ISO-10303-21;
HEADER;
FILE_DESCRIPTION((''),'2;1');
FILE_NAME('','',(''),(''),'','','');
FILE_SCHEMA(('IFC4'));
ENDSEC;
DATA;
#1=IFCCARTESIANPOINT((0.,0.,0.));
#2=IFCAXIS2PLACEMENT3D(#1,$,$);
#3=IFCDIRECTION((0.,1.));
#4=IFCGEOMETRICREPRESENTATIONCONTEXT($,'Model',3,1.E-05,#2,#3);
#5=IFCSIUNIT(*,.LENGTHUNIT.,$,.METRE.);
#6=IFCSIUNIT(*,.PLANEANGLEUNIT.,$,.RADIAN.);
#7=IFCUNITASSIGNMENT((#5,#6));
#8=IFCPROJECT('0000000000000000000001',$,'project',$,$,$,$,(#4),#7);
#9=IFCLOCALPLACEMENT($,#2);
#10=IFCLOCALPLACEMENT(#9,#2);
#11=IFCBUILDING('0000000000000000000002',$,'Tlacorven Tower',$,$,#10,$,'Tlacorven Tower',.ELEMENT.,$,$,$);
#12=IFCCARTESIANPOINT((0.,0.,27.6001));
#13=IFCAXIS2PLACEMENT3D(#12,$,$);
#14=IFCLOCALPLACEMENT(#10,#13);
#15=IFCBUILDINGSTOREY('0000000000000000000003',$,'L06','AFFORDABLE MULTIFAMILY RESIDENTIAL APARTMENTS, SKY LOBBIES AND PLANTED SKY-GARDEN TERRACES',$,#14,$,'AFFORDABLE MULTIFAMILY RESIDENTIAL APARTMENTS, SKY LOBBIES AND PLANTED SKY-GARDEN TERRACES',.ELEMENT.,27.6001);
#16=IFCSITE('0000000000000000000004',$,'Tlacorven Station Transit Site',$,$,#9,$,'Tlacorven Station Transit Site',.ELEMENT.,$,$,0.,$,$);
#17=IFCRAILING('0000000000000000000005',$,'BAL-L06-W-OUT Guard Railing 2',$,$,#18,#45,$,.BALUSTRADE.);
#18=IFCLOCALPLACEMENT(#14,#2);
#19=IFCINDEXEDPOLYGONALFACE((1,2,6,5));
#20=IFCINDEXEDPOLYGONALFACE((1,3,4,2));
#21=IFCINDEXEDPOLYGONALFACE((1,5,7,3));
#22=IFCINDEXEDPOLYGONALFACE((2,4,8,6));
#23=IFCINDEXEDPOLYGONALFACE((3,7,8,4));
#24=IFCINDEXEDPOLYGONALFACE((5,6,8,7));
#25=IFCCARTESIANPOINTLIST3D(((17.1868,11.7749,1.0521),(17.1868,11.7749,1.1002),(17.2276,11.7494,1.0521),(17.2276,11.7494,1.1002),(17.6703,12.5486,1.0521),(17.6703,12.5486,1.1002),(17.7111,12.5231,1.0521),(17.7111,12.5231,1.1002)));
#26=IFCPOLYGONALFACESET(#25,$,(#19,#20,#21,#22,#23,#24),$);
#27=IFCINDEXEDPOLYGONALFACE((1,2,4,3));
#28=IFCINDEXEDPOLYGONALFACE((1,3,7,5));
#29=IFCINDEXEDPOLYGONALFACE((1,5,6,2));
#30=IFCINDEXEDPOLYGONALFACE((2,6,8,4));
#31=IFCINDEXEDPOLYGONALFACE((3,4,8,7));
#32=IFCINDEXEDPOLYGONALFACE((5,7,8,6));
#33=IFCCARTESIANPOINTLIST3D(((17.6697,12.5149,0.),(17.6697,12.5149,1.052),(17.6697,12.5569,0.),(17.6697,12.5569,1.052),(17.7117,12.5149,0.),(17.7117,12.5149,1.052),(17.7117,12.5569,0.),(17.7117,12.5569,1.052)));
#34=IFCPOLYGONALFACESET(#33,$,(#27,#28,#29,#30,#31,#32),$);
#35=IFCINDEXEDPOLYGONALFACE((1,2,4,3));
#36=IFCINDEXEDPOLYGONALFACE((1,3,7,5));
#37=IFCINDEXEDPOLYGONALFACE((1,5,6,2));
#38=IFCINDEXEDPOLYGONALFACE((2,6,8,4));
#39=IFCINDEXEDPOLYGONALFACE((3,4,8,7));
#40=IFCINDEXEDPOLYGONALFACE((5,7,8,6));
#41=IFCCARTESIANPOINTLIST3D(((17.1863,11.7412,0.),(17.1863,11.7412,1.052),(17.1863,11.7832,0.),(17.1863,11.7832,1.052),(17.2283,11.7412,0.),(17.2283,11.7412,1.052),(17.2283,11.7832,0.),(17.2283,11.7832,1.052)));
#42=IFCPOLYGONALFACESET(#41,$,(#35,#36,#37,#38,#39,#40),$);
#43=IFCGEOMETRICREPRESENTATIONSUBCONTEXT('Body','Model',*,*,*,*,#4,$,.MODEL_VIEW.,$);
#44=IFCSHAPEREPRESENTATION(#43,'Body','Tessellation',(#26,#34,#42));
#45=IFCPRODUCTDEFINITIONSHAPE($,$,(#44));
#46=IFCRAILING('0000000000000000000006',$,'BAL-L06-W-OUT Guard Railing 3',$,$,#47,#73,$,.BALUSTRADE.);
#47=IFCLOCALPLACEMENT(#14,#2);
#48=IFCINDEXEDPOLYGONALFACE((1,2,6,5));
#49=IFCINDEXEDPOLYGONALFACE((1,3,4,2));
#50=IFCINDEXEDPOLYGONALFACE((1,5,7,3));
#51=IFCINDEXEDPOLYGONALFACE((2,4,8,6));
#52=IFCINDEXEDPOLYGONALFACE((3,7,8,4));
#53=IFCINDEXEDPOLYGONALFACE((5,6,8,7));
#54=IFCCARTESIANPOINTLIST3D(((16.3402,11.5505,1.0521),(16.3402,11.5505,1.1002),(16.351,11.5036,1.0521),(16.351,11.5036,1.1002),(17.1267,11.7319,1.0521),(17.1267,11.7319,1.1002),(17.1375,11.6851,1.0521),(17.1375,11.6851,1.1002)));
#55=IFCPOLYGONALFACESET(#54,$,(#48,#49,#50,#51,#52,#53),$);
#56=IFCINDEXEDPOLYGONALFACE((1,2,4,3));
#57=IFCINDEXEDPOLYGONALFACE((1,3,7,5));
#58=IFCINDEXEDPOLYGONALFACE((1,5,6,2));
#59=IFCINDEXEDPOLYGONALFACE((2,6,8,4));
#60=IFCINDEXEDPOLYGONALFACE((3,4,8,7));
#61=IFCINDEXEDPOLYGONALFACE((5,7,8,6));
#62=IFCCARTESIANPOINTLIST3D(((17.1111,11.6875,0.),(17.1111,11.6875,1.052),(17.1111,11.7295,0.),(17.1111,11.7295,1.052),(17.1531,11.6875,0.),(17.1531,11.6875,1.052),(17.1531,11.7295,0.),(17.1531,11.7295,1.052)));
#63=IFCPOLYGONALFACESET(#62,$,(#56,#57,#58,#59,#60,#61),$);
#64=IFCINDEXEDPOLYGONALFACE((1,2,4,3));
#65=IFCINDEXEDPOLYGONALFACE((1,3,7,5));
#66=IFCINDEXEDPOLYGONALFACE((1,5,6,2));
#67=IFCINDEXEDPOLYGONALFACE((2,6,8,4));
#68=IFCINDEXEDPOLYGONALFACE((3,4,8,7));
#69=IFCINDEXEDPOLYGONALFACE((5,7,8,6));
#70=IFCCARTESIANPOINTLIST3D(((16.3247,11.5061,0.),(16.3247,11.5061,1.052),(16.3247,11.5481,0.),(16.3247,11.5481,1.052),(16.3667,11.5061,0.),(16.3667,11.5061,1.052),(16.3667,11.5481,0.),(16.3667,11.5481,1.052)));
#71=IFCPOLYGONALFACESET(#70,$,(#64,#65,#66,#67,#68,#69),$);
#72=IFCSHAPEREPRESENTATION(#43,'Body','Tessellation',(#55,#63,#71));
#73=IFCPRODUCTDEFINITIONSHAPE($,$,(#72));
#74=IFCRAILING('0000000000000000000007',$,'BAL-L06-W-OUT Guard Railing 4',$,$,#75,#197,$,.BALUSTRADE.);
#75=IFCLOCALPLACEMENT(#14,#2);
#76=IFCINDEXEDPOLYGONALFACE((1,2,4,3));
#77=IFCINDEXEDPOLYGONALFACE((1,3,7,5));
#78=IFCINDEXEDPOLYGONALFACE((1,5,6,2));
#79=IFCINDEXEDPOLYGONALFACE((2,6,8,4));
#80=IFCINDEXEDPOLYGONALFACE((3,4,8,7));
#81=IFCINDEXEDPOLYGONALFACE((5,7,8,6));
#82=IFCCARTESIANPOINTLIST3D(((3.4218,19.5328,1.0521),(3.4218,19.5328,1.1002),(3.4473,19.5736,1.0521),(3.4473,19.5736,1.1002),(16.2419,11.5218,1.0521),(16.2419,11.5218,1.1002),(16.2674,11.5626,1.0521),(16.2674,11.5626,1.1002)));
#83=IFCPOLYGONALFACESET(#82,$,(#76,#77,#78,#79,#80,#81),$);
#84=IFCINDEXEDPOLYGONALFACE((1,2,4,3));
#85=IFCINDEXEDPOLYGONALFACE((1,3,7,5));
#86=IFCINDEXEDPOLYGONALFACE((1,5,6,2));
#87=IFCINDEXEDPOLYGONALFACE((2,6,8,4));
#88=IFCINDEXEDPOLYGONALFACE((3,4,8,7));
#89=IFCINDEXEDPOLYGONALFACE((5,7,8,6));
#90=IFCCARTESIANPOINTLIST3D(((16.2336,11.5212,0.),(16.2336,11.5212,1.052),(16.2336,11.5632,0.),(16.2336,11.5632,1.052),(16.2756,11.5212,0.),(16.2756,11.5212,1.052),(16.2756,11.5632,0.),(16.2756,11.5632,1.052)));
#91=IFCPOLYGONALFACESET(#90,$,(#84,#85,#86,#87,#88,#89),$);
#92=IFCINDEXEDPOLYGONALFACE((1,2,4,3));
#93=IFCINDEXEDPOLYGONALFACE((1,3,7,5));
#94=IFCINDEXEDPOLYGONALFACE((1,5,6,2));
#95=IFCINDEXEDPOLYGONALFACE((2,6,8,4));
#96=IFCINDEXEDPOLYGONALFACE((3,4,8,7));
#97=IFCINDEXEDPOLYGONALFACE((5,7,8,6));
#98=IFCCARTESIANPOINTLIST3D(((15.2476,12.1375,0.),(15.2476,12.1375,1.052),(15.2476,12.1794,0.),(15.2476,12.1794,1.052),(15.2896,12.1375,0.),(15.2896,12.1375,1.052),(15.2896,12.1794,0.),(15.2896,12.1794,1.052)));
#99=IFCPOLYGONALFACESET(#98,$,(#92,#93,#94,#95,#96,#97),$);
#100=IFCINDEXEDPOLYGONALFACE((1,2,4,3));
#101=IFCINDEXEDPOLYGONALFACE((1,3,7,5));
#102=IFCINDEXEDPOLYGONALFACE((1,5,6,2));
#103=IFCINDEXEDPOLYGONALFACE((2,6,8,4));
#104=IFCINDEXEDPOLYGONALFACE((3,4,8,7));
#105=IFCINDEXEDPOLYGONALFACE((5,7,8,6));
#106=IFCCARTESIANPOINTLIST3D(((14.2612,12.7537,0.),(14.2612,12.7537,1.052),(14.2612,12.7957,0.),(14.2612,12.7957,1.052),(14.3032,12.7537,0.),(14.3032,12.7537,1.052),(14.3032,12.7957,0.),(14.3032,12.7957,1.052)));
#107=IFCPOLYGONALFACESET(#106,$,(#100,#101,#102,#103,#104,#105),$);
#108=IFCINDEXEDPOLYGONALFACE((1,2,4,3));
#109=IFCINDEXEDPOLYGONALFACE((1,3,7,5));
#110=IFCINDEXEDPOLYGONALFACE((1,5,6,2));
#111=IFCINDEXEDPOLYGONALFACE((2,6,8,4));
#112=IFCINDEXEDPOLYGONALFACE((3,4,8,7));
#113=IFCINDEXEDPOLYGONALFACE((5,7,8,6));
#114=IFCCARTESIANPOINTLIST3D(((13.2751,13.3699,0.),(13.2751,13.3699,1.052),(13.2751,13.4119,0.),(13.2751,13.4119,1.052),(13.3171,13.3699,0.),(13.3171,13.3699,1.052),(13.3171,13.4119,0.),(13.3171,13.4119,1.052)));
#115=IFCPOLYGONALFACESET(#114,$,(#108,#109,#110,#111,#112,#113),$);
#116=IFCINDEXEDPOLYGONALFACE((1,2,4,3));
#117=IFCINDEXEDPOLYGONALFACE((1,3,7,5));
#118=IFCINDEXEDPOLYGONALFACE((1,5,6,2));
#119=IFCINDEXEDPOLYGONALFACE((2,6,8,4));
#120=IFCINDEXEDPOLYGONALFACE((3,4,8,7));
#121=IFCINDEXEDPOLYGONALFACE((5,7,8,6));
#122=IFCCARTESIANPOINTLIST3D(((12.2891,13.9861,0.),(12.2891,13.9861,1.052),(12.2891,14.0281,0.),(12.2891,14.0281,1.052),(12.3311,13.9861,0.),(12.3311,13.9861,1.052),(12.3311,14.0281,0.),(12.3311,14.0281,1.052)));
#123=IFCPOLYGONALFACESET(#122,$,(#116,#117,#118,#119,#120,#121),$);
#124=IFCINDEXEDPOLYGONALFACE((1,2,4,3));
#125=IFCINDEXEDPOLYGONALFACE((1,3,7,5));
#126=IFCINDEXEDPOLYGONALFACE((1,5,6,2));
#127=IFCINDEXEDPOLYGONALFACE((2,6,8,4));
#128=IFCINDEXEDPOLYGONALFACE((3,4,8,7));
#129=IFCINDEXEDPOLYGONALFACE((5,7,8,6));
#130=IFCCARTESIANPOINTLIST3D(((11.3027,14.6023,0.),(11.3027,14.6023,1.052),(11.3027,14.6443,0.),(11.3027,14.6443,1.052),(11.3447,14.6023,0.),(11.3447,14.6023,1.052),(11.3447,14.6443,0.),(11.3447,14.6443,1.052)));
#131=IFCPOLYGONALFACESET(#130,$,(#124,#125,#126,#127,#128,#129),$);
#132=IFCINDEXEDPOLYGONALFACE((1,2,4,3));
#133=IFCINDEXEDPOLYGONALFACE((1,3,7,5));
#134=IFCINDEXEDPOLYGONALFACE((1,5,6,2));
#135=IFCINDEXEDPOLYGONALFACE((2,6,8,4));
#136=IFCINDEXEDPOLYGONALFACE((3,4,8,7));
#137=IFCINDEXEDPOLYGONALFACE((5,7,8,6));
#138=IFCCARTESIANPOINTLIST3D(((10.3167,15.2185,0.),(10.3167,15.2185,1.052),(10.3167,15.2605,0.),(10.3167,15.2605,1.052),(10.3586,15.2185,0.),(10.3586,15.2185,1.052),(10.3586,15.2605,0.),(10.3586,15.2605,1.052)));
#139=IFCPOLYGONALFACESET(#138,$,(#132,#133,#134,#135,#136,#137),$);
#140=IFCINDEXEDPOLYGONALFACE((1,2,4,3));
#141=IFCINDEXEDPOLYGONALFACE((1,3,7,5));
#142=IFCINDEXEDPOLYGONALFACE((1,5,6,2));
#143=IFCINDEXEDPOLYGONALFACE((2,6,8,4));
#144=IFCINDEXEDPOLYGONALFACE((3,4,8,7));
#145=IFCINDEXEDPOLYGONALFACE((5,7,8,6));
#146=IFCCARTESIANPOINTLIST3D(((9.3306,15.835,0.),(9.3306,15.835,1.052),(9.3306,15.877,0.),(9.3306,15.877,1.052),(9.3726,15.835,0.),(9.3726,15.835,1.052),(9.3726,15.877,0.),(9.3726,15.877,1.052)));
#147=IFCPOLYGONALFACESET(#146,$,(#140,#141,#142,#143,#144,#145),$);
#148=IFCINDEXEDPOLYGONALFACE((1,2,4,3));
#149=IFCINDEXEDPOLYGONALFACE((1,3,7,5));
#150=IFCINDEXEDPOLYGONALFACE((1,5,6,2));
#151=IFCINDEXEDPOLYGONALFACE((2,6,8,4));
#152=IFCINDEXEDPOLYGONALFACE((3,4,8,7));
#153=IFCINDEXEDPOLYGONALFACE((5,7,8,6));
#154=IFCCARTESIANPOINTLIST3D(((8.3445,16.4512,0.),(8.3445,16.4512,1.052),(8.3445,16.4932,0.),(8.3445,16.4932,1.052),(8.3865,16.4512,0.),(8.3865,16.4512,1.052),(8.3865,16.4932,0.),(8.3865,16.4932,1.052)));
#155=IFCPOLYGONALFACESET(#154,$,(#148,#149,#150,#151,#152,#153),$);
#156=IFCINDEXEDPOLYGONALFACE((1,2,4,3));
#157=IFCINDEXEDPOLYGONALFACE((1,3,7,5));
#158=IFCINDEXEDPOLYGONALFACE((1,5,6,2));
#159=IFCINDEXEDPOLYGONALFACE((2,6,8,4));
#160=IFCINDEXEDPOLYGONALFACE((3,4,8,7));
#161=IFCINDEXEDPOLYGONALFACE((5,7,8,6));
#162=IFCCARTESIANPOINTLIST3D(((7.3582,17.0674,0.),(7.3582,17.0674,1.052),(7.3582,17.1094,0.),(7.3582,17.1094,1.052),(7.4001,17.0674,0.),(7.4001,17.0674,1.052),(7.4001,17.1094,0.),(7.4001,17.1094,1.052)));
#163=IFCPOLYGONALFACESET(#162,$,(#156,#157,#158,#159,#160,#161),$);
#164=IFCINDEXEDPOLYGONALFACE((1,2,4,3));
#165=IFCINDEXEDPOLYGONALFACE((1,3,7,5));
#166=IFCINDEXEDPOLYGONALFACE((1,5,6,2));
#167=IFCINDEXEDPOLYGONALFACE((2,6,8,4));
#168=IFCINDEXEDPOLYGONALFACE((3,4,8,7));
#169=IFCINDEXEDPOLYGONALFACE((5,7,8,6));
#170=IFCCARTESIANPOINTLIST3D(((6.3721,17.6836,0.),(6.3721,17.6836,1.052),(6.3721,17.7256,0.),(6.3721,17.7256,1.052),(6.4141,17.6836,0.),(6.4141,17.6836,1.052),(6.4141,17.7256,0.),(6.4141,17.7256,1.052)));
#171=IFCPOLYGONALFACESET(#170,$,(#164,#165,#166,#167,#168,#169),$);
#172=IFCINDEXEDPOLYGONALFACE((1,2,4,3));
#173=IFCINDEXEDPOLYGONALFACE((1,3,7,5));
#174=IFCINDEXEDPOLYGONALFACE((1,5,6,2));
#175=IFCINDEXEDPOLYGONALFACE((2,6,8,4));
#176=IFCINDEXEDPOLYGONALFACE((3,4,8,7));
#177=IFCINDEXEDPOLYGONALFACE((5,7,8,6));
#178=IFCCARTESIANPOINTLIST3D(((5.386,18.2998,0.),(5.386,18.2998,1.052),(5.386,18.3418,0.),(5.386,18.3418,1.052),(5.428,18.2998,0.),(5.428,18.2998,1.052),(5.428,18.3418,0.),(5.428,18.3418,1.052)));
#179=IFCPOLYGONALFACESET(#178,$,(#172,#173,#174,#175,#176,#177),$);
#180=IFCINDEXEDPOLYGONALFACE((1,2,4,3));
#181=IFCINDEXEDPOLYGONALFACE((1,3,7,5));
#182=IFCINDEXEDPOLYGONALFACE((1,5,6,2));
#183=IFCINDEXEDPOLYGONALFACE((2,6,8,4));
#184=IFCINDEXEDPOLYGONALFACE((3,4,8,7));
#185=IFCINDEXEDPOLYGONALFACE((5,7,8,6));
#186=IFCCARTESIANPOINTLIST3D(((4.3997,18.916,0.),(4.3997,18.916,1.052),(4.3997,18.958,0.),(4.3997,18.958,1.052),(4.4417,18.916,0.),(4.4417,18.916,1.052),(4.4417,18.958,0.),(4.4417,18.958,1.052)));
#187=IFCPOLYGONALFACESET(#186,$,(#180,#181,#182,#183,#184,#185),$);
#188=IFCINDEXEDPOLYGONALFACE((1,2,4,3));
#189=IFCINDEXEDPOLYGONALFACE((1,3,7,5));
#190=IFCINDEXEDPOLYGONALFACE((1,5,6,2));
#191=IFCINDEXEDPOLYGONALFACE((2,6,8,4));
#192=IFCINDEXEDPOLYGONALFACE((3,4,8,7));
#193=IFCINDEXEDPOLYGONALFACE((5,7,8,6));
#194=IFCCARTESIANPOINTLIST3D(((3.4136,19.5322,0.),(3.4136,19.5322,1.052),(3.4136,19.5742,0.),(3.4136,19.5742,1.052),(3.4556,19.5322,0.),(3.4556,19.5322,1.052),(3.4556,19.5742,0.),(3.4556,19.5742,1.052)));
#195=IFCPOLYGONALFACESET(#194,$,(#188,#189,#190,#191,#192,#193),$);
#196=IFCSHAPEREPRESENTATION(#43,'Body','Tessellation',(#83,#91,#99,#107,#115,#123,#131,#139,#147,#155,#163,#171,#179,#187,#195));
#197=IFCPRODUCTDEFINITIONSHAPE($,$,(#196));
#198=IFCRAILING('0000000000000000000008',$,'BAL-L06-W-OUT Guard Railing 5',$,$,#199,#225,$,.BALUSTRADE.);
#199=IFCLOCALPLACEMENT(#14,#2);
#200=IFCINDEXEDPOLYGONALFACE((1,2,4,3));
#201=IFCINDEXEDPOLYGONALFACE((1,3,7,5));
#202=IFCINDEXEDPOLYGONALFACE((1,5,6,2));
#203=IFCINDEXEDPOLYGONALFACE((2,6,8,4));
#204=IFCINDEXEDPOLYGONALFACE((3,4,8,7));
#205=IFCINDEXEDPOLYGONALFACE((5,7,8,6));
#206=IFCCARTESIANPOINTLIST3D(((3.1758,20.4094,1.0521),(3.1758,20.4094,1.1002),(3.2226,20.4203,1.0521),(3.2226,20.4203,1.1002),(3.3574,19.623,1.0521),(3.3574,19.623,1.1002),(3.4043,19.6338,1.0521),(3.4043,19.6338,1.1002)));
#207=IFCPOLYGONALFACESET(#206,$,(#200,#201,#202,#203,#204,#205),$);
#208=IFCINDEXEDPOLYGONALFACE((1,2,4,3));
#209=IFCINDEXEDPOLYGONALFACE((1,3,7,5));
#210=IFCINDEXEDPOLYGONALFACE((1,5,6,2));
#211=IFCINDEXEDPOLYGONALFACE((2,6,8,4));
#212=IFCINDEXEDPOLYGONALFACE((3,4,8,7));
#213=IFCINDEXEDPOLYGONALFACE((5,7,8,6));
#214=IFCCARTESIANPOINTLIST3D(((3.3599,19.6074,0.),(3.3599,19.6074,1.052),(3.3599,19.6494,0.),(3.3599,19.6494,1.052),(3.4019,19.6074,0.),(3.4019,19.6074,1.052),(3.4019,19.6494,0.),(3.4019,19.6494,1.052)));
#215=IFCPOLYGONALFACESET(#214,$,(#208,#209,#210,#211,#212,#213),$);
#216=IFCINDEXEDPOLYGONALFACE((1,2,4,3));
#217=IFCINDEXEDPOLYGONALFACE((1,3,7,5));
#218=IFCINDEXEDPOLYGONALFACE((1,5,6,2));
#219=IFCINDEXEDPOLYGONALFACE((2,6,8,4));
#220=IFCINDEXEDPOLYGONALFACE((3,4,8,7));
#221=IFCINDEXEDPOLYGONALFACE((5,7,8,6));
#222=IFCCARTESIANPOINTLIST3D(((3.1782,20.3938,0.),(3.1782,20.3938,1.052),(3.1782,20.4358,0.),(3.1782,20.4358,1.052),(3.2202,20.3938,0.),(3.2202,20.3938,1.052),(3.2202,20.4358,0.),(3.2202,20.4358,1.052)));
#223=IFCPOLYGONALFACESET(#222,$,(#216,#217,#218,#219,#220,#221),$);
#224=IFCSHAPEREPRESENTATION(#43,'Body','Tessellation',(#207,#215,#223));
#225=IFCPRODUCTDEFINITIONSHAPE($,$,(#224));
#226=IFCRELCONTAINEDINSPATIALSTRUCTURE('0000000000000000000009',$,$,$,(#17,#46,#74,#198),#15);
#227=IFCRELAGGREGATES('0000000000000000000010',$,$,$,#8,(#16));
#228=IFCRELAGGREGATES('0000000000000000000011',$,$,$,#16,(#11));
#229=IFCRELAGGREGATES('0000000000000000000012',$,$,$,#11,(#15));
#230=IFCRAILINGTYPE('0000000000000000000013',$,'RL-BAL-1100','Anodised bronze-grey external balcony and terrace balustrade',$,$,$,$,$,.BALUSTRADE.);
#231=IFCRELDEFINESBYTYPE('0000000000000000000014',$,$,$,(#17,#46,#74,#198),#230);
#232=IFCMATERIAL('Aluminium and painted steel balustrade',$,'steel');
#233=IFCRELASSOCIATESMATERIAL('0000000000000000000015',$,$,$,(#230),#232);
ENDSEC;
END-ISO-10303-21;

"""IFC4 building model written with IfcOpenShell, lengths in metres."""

from ifc_helpers import new_model, si_unit, direction, frame, origin, origin_2d, place, context, subcontext, project, spatial, rectangle, extrude, source, transform, mapped, material, type_object, element, save


model = new_model("IFC4")

# Units and contexts
model_context = context("Model", 3, precision=1e-05, world=origin(), true_north=direction((0.0, 1.0)))
body_context = subcontext(model_context, "Body", "Model", "MODEL_VIEW")
ifc_project = project(units=[si_unit("LENGTHUNIT", "METRE"), si_unit("PLANEANGLEUNIT", "RADIAN")], contexts=[model_context])

# Site, building, storey
site_placement = place(None, origin())
site = spatial("IfcSite", under=ifc_project, at=site_placement, Name="Tlacorven Station Transit Site", LongName="Tlacorven Station Transit Site", CompositionType="ELEMENT", RefElevation=0.0)
building_placement = place(site_placement, origin())
building = spatial("IfcBuilding", under=site, at=building_placement, Name="Tlacorven Tower", LongName="Tlacorven Tower", CompositionType="ELEMENT")
storey_placement = place(building_placement, frame((0.0, 0.0, 27.6001)))
storey = spatial("IfcBuildingStorey", under=building, at=storey_placement, Name="L06", Description="AFFORDABLE MULTIFAMILY RESIDENTIAL APARTMENTS, SKY LOBBIES AND PLANTED SKY-GARDEN TERRACES", LongName="AFFORDABLE MULTIFAMILY RESIDENTIAL APARTMENTS, SKY LOBBIES AND PLANTED SKY-GARDEN TERRACES", CompositionType="ELEMENT", Elevation=27.6001)

# Railings
ifc_material_1 = material(Name="Aluminium and painted steel balustrade", Category="steel")
railing_type = type_object("IfcRailingType", Name="RL-BAL-1100", Description="Anodised bronze-grey external balcony and terrace balustrade", PredefinedType="BALUSTRADE", material=ifc_material_1)
shared_shape_1 = source(origin(), body_context, "Body", "SweptSolid", [
    extrude(rectangle(XDim=0.0481, YDim=0.0481, at=origin_2d()), frame((0.0, 0.0, 1.0762), z_axis=(-0.529879, -0.848073, 0.0), x_axis=(0.848073, -0.529879, 0.0)), (0.0, 0.0, 1.0), 0.9124),
    extrude(rectangle(XDim=0.042, YDim=0.042, at=origin_2d()), origin(), (0.0, 0.0, 1.0), 1.052),
    extrude(rectangle(XDim=0.042, YDim=0.042, at=origin_2d()), frame((-0.4834, -0.7737, 0.0)), (0.0, 0.0, 1.0), 1.052),
])
railing_1_placement = place(storey_placement, frame((17.6907, 12.5359, 0.0)))
element("IfcRailing", 1, at=railing_1_placement, inside=storey, type_object=railing_type, Name="BAL-L06-W-OUT Guard Railing 2", PredefinedType="BALUSTRADE", context=body_context, shape_type="MappedRepresentation", body=[
    mapped(shared_shape_1, transform((0.0, 0.0, 0.0), scale=1.0)),
])
shared_shape_2 = source(origin(), body_context, "Body", "SweptSolid", [
    extrude(rectangle(XDim=0.0481, YDim=0.0481, at=origin_2d()), frame((0.0, 0.0, 1.0762), z_axis=(-0.974412, -0.224771, 0.0), x_axis=(0.224771, -0.974412, 0.0)), (0.0, 0.0, 1.0), 0.8071),
    extrude(rectangle(XDim=0.042, YDim=0.042, at=origin_2d()), origin(), (0.0, 0.0, 1.0), 1.052),
    extrude(rectangle(XDim=0.042, YDim=0.042, at=origin_2d()), frame((-0.7864, -0.1814, 0.0)), (0.0, 0.0, 1.0), 1.052),
])
railing_2_placement = place(storey_placement, frame((17.1321, 11.7085, 0.0)))
element("IfcRailing", 2, at=railing_2_placement, inside=storey, type_object=railing_type, Name="BAL-L06-W-OUT Guard Railing 3", PredefinedType="BALUSTRADE", context=body_context, shape_type="MappedRepresentation", body=[
    mapped(shared_shape_2, transform((0.0, 0.0, 0.0), scale=1.0)),
])
shared_shape_3 = source(origin(), body_context, "Body", "SweptSolid", [
    extrude(rectangle(XDim=0.0481, YDim=0.0481, at=origin_2d()), frame((0.0, 0.0, 1.0762), z_axis=(-0.848045, 0.529925, 0.0), x_axis=(-0.529925, -0.848045, 0.0)), (0.0, 0.0, 1.0), 15.1172),
    extrude(rectangle(XDim=0.042, YDim=0.042, at=origin_2d()), origin(), (0.0, 0.0, 1.0), 1.052),
    extrude(rectangle(XDim=0.042, YDim=0.042, at=origin_2d()), frame((-0.9861, 0.6162, 0.0)), (0.0, 0.0, 1.0), 1.052),
    extrude(rectangle(XDim=0.042, YDim=0.042, at=origin_2d()), frame((-1.9724, 1.2324, 0.0)), (0.0, 0.0, 1.0), 1.052),
    extrude(rectangle(XDim=0.042, YDim=0.042, at=origin_2d()), frame((-2.9585, 1.8486, 0.0)), (0.0, 0.0, 1.0), 1.052),
    extrude(rectangle(XDim=0.042, YDim=0.042, at=origin_2d()), frame((-3.9446, 2.4648, 0.0)), (0.0, 0.0, 1.0), 1.052),
    extrude(rectangle(XDim=0.042, YDim=0.042, at=origin_2d()), frame((-4.9309, 3.0811, 0.0)), (0.0, 0.0, 1.0), 1.052),
    extrude(rectangle(XDim=0.042, YDim=0.042, at=origin_2d()), frame((-5.917, 3.6973, 0.0)), (0.0, 0.0, 1.0), 1.052),
    extrude(rectangle(XDim=0.042, YDim=0.042, at=origin_2d()), frame((-6.9031, 4.3137, 0.0)), (0.0, 0.0, 1.0), 1.052),
    extrude(rectangle(XDim=0.042, YDim=0.042, at=origin_2d()), frame((-7.8892, 4.9299, 0.0)), (0.0, 0.0, 1.0), 1.052),
    extrude(rectangle(XDim=0.042, YDim=0.042, at=origin_2d()), frame((-8.8755, 5.5461, 0.0)), (0.0, 0.0, 1.0), 1.052),
    extrude(rectangle(XDim=0.042, YDim=0.042, at=origin_2d()), frame((-9.8616, 6.1624, 0.0)), (0.0, 0.0, 1.0), 1.052),
    extrude(rectangle(XDim=0.042, YDim=0.042, at=origin_2d()), frame((-10.8477, 6.7786, 0.0)), (0.0, 0.0, 1.0), 1.052),
    extrude(rectangle(XDim=0.042, YDim=0.042, at=origin_2d()), frame((-11.834, 7.3948, 0.0)), (0.0, 0.0, 1.0), 1.052),
    extrude(rectangle(XDim=0.042, YDim=0.042, at=origin_2d()), frame((-12.8201, 8.011, 0.0)), (0.0, 0.0, 1.0), 1.052),
])
railing_3_placement = place(storey_placement, frame((16.2546, 11.5422, 0.0)))
element("IfcRailing", 3, at=railing_3_placement, inside=storey, type_object=railing_type, Name="BAL-L06-W-OUT Guard Railing 4", PredefinedType="BALUSTRADE", context=body_context, shape_type="MappedRepresentation", body=[
    mapped(shared_shape_3, transform((0.0, 0.0, 0.0), scale=1.0)),
])
shared_shape_4 = source(origin(), body_context, "Body", "SweptSolid", [
    extrude(rectangle(XDim=0.0481, YDim=0.0481, at=origin_2d()), frame((0.0, 0.0, 1.0762), z_axis=(-0.225058, 0.974345, 0.0), x_axis=(-0.974345, -0.225058, 0.0)), (0.0, 0.0, 1.0), 0.8071),
    extrude(rectangle(XDim=0.042, YDim=0.042, at=origin_2d()), origin(), (0.0, 0.0, 1.0), 1.052),
    extrude(rectangle(XDim=0.042, YDim=0.042, at=origin_2d()), frame((-0.1816, 0.7864, 0.0)), (0.0, 0.0, 1.0), 1.052),
])
railing_4_placement = place(storey_placement, frame((3.3809, 19.6284, 0.0)))
element("IfcRailing", 4, at=railing_4_placement, inside=storey, type_object=railing_type, Name="BAL-L06-W-OUT Guard Railing 5", PredefinedType="BALUSTRADE", context=body_context, shape_type="MappedRepresentation", body=[
    mapped(shared_shape_4, transform((0.0, 0.0, 0.0), scale=1.0)),
])

save(model, "model.ifc")
